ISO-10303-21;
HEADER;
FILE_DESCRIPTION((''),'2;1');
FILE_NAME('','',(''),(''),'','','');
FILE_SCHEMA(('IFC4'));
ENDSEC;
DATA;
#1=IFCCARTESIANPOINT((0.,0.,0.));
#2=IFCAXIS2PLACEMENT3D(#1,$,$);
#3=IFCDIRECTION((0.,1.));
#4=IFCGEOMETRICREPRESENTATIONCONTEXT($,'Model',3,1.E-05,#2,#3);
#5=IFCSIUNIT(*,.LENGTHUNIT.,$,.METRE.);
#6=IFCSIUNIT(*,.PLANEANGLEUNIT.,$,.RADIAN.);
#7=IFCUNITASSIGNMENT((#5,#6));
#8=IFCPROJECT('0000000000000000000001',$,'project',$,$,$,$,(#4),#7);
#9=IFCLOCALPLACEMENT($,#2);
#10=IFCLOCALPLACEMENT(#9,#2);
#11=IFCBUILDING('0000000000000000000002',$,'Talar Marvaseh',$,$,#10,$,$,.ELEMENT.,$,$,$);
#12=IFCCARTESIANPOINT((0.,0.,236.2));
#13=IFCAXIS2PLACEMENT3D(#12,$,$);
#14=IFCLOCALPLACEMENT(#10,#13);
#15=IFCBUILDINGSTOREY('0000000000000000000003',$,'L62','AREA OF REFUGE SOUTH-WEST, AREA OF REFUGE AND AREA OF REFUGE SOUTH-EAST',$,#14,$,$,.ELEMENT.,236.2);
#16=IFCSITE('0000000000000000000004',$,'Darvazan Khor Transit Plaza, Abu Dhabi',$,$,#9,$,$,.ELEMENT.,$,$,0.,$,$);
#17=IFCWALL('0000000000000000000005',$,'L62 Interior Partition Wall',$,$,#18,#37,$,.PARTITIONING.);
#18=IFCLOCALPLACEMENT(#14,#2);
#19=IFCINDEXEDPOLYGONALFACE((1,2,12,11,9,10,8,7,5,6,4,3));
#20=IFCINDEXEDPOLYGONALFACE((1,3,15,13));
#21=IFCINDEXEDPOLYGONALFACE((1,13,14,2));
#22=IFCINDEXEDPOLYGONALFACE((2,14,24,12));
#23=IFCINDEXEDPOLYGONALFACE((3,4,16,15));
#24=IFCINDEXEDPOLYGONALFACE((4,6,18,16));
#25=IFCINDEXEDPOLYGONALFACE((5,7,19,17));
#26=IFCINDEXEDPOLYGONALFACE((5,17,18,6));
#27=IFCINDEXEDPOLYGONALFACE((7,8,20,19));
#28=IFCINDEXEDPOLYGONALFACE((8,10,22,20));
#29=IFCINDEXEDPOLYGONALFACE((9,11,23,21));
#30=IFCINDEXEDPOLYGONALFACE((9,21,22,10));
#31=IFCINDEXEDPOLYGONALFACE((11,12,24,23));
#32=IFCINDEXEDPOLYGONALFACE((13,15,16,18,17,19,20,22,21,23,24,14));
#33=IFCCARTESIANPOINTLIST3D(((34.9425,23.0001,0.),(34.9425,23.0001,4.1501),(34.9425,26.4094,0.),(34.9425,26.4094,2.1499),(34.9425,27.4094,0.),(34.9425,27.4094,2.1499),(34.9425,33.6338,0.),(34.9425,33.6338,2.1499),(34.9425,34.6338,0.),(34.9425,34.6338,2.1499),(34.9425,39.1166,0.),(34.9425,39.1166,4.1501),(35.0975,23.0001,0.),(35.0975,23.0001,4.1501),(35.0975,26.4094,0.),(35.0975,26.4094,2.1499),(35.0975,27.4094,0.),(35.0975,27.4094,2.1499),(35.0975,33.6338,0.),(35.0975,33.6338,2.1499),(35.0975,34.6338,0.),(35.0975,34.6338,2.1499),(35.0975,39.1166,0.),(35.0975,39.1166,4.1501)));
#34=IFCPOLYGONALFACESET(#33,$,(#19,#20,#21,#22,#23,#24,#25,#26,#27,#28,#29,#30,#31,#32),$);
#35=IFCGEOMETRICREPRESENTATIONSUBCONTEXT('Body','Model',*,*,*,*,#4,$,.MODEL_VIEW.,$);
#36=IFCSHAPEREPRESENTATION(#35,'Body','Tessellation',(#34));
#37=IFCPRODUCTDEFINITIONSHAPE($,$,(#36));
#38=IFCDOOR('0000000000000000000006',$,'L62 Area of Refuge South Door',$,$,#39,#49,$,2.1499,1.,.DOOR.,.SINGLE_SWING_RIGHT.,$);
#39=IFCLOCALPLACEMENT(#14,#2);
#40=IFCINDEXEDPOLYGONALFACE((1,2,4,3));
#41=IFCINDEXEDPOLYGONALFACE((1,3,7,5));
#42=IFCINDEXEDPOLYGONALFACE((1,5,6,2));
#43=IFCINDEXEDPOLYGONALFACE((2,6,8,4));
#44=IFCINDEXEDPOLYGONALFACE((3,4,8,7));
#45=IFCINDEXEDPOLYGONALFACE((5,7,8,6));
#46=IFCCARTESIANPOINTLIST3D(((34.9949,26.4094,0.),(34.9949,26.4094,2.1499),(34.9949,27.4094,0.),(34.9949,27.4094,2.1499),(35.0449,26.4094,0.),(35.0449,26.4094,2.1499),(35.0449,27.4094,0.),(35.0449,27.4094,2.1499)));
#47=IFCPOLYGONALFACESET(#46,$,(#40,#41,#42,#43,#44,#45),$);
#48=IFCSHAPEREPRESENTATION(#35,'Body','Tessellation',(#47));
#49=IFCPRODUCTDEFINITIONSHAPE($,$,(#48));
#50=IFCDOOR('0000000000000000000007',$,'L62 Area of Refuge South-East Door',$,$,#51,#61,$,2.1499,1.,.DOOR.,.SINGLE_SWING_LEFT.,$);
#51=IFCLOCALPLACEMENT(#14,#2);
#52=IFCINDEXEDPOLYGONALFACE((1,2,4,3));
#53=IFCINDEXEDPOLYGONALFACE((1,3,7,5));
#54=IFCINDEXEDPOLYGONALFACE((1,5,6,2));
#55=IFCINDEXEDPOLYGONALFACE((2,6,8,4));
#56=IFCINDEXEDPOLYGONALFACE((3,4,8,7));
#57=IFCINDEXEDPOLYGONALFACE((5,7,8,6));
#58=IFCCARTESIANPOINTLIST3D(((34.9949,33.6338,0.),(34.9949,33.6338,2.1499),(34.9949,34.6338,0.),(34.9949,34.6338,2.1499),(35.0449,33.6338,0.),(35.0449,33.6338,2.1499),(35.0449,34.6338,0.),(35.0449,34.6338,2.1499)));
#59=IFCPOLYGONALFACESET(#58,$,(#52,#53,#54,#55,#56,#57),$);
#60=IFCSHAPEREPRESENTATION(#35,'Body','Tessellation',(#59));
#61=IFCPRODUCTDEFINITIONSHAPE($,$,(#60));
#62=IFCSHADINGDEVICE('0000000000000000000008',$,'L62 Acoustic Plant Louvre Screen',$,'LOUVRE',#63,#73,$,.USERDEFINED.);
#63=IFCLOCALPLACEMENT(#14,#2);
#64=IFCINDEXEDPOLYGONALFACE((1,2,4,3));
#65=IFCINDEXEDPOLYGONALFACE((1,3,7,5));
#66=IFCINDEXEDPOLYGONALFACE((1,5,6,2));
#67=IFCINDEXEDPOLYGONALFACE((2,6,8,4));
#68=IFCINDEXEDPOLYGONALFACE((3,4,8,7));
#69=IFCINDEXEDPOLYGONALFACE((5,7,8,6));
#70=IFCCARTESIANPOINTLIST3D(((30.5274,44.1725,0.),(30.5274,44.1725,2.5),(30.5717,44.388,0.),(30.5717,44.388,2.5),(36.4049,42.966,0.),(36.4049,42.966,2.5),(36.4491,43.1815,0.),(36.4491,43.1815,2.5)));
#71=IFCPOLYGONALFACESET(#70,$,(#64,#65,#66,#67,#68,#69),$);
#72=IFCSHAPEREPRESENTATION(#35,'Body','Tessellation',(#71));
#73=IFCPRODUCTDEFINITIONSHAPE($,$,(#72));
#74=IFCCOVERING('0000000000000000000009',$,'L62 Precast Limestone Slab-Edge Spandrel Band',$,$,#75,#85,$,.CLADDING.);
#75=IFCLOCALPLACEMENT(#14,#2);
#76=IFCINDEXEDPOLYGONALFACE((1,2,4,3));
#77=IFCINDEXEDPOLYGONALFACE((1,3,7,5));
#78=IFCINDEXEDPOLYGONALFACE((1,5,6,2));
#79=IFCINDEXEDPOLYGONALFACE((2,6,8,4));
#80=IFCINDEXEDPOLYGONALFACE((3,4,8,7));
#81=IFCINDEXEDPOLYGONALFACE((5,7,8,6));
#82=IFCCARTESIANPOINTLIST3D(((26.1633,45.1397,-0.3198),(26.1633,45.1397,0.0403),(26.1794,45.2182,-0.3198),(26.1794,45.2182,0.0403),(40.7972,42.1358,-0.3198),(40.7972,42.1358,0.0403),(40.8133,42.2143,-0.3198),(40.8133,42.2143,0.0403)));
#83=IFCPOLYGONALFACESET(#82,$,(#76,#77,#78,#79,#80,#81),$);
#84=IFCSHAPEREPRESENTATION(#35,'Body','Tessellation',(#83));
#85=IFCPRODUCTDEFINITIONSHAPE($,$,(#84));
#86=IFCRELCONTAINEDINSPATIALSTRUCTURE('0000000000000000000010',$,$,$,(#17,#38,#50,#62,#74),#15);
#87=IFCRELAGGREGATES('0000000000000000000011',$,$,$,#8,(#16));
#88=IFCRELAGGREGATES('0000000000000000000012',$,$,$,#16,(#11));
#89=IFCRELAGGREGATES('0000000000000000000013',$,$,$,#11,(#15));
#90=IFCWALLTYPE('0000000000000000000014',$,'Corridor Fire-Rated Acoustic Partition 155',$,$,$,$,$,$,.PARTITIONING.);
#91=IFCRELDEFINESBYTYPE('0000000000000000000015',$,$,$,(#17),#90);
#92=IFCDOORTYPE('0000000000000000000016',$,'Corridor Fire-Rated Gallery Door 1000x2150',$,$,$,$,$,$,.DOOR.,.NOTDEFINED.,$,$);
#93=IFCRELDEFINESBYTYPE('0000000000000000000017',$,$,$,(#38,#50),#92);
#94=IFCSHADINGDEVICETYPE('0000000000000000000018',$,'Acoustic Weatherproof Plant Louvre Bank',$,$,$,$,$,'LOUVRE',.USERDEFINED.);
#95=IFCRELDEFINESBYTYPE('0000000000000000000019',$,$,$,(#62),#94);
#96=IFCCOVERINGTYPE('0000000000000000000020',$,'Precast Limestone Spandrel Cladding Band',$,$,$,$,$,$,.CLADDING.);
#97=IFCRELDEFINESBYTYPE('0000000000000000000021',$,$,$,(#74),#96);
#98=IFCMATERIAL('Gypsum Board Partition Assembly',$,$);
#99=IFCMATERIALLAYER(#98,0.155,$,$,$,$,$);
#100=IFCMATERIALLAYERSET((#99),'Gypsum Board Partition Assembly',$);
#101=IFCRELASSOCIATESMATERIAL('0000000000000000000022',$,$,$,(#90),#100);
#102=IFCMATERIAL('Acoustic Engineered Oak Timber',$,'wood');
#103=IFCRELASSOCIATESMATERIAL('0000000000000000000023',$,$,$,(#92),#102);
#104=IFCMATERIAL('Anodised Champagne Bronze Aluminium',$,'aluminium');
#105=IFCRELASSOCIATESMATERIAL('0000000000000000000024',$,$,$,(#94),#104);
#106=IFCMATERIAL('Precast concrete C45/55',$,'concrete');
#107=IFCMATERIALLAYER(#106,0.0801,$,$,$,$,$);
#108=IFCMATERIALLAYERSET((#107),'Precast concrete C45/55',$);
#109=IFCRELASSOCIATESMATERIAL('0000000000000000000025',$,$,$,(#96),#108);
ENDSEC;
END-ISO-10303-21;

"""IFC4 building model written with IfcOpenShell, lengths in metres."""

from ifc_helpers import new_model, si_unit, direction, frame, frame_2d, origin, origin_2d, place, context, subcontext, project, spatial, rectangle, extrude, source, transform, mapped, material, layer, layer_set, type_object, type_shapes, element, fill, save


model = new_model("IFC4")

# Units and contexts
model_context = context("Model", 3, precision=1e-05, world=origin(), true_north=direction((0.0, 1.0)))
body_context = subcontext(model_context, "Body", "Model", "MODEL_VIEW")
ifc_project = project(units=[si_unit("LENGTHUNIT", "METRE"), si_unit("PLANEANGLEUNIT", "RADIAN")], contexts=[model_context])

# Site, building, storey
site_placement = place(None, origin())
site = spatial("IfcSite", under=ifc_project, at=site_placement, Name="Darvazan Khor Transit Plaza, Abu Dhabi", CompositionType="ELEMENT", RefElevation=0.0)
building_placement = place(site_placement, origin())
building = spatial("IfcBuilding", under=site, at=building_placement, Name="Talar Marvaseh", CompositionType="ELEMENT")
storey_placement = place(building_placement, frame((0.0, 0.0, 236.2)))
storey = spatial("IfcBuildingStorey", under=building, at=storey_placement, Name="L62", Description="AREA OF REFUGE SOUTH-WEST, AREA OF REFUGE AND AREA OF REFUGE SOUTH-EAST", CompositionType="ELEMENT", Elevation=236.2)

# Wall, openings, doors
ifc_material_1 = material(Name="Gypsum Board Partition Assembly")
ifc_layer_1 = layer(ifc_material_1, 0.155)
ifc_layer_set_1 = layer_set([ifc_layer_1], Name="Gypsum Board Partition Assembly")
wall_type = type_object("IfcWallType", Name="Corridor Fire-Rated Acoustic Partition 155", PredefinedType="PARTITIONING", material=ifc_layer_set_1)
wall_placement = place(storey_placement, frame((35.02, 39.1165, 0.0), z_axis=(0.0, 0.0, 1.0), x_axis=(0.0, -1.0, 0.0)))
wall = element("IfcWall", 1, at=wall_placement, inside=storey, type_object=wall_type, Name="L62 Interior Partition Wall", PredefinedType="PARTITIONING", context=body_context, shape_type="SweptSolid", body=[
    extrude(rectangle(XDim=16.1165, YDim=0.155, at=frame_2d((8.0581, 0.0))), origin(), (0.0, 0.0, 1.0), 4.1501),
])
opening_1_placement = place(wall_placement, frame((11.707, 0.0, 0.0)))
opening_1 = element("IfcOpeningElement", 2, at=opening_1_placement, cuts=wall, PredefinedType="OPENING", context=body_context, shape_type="SweptSolid", body=[
    extrude(rectangle(XDim=1.0, YDim=2.1499, at=frame_2d((0.5, 1.075))), frame((0.0, 0.0874, 0.0), z_axis=(0.0, -1.0, 0.0), x_axis=(1.0, 0.0, 0.0)), (0.0, 0.0, 1.0), 0.175),
])
opening_2_placement = place(wall_placement, frame((4.4827, 0.0, 0.0)))
opening_2 = element("IfcOpeningElement", 3, at=opening_2_placement, cuts=wall, PredefinedType="OPENING", context=body_context, shape_type="SweptSolid", body=[
    extrude(rectangle(XDim=1.0, YDim=2.1499, at=frame_2d((0.5, 1.075))), frame((0.0, 0.0874, 0.0), z_axis=(0.0, -1.0, 0.0), x_axis=(1.0, 0.0, 0.0)), (0.0, 0.0, 1.0), 0.175),
])
ifc_material_2 = material(Name="Acoustic Engineered Oak Timber", Category="wood")
door_type = type_object("IfcDoorType", Name="Corridor Fire-Rated Gallery Door 1000x2150", OperationType="NOTDEFINED", PredefinedType="DOOR", material=ifc_material_2)
shared_shape_1 = source(origin(), body_context, "Body", "SweptSolid", [
    extrude(rectangle(XDim=1.0, YDim=2.1499, at=frame_2d((0.5, 1.075))), frame((0.0, 0.0249, 0.0), z_axis=(0.0, -1.0, 0.0), x_axis=(1.0, 0.0, 0.0)), (0.0, 0.0, 1.0), 0.05),
])
type_shapes(door_type, [shared_shape_1])
door_1_placement = place(opening_1_placement, origin())
door_1 = element("IfcDoor", 4, at=door_1_placement, inside=storey, type_object=door_type, Name="L62 Area of Refuge South Door", OperationType="SINGLE_SWING_RIGHT", OverallHeight=2.1499, OverallWidth=1.0, PredefinedType="DOOR", context=body_context, shape_type="MappedRepresentation", body=[
    mapped(shared_shape_1, transform((0.0, 0.0, 0.0), x_axis=(1.0, 0.0, 0.0), y_axis=(0.0, 1.0, 0.0), z_axis=(0.0, 0.0, 1.0), scale=1.0)),
])
fill(opening_1, door_1)
door_2_placement = place(opening_2_placement, origin())
door_2 = element("IfcDoor", 5, at=door_2_placement, inside=storey, type_object=door_type, Name="L62 Area of Refuge South-East Door", OperationType="SINGLE_SWING_LEFT", OverallHeight=2.1499, OverallWidth=1.0, PredefinedType="DOOR", context=body_context, shape_type="MappedRepresentation", body=[
    mapped(shared_shape_1, transform((0.0, 0.0, 0.0), x_axis=(1.0, 0.0, 0.0), y_axis=(0.0, 1.0, 0.0), z_axis=(0.0, 0.0, 1.0), scale=1.0)),
])
fill(opening_2, door_2)

# Shading device
ifc_material_3 = material(Name="Anodised Champagne Bronze Aluminium", Category="aluminium")
shading_device_type = type_object("IfcShadingDeviceType", Name="Acoustic Weatherproof Plant Louvre Bank", ElementType="LOUVRE", PredefinedType="USERDEFINED", material=ifc_material_3)
shared_shape_2 = source(origin(), body_context, "Body", "SweptSolid", [
    extrude(rectangle(XDim=6.0, YDim=0.22, at=origin_2d()), origin(), (0.0, 0.0, 1.0), 2.5),
])
type_shapes(shading_device_type, [shared_shape_2])
shading_device_placement = place(storey_placement, frame((33.4883, 43.677, 0.0), z_axis=(0.0, 0.0, 1.0), x_axis=(0.979575, -0.201078, 0.0)))
element("IfcShadingDevice", 6, at=shading_device_placement, inside=storey, type_object=shading_device_type, Name="L62 Acoustic Plant Louvre Screen", ObjectType="LOUVRE", PredefinedType="USERDEFINED", context=body_context, shape_type="MappedRepresentation", body=[
    mapped(shared_shape_2, transform((0.0, 0.0, 0.0), x_axis=(1.0, 0.0, 0.0), y_axis=(0.0, 1.0, 0.0), z_axis=(0.0, 0.0, 1.0), scale=1.0)),
])

# Covering
ifc_material_4 = material(Name="Precast concrete C45/55", Category="concrete")
ifc_layer_2 = layer(ifc_material_4, 0.0801)
ifc_layer_set_2 = layer_set([ifc_layer_2], Name="Precast concrete C45/55")
covering_type = type_object("IfcCoveringType", Name="Precast Limestone Spandrel Cladding Band", PredefinedType="CLADDING", material=ifc_layer_set_2)
shared_shape_3 = source(origin(), body_context, "Body", "SweptSolid", [
    extrude(rectangle(XDim=14.939, YDim=0.0801, at=origin_2d()), origin(), (0.0, 0.0, 1.0), 0.3601),
])
type_shapes(covering_type, [shared_shape_3])
covering_placement = place(storey_placement, frame((33.4883, 43.677, -0.3198), z_axis=(0.0, 0.0, 1.0), x_axis=(0.979575, -0.201078, 0.0)))
element("IfcCovering", 7, at=covering_placement, inside=storey, type_object=covering_type, Name="L62 Precast Limestone Slab-Edge Spandrel Band", PredefinedType="CLADDING", context=body_context, shape_type="MappedRepresentation", body=[
    mapped(shared_shape_3, transform((0.0, 0.0, 0.0), x_axis=(1.0, 0.0, 0.0), y_axis=(0.0, 1.0, 0.0), z_axis=(0.0, 0.0, 1.0), scale=1.0)),
])

save(model, "model.ifc")
